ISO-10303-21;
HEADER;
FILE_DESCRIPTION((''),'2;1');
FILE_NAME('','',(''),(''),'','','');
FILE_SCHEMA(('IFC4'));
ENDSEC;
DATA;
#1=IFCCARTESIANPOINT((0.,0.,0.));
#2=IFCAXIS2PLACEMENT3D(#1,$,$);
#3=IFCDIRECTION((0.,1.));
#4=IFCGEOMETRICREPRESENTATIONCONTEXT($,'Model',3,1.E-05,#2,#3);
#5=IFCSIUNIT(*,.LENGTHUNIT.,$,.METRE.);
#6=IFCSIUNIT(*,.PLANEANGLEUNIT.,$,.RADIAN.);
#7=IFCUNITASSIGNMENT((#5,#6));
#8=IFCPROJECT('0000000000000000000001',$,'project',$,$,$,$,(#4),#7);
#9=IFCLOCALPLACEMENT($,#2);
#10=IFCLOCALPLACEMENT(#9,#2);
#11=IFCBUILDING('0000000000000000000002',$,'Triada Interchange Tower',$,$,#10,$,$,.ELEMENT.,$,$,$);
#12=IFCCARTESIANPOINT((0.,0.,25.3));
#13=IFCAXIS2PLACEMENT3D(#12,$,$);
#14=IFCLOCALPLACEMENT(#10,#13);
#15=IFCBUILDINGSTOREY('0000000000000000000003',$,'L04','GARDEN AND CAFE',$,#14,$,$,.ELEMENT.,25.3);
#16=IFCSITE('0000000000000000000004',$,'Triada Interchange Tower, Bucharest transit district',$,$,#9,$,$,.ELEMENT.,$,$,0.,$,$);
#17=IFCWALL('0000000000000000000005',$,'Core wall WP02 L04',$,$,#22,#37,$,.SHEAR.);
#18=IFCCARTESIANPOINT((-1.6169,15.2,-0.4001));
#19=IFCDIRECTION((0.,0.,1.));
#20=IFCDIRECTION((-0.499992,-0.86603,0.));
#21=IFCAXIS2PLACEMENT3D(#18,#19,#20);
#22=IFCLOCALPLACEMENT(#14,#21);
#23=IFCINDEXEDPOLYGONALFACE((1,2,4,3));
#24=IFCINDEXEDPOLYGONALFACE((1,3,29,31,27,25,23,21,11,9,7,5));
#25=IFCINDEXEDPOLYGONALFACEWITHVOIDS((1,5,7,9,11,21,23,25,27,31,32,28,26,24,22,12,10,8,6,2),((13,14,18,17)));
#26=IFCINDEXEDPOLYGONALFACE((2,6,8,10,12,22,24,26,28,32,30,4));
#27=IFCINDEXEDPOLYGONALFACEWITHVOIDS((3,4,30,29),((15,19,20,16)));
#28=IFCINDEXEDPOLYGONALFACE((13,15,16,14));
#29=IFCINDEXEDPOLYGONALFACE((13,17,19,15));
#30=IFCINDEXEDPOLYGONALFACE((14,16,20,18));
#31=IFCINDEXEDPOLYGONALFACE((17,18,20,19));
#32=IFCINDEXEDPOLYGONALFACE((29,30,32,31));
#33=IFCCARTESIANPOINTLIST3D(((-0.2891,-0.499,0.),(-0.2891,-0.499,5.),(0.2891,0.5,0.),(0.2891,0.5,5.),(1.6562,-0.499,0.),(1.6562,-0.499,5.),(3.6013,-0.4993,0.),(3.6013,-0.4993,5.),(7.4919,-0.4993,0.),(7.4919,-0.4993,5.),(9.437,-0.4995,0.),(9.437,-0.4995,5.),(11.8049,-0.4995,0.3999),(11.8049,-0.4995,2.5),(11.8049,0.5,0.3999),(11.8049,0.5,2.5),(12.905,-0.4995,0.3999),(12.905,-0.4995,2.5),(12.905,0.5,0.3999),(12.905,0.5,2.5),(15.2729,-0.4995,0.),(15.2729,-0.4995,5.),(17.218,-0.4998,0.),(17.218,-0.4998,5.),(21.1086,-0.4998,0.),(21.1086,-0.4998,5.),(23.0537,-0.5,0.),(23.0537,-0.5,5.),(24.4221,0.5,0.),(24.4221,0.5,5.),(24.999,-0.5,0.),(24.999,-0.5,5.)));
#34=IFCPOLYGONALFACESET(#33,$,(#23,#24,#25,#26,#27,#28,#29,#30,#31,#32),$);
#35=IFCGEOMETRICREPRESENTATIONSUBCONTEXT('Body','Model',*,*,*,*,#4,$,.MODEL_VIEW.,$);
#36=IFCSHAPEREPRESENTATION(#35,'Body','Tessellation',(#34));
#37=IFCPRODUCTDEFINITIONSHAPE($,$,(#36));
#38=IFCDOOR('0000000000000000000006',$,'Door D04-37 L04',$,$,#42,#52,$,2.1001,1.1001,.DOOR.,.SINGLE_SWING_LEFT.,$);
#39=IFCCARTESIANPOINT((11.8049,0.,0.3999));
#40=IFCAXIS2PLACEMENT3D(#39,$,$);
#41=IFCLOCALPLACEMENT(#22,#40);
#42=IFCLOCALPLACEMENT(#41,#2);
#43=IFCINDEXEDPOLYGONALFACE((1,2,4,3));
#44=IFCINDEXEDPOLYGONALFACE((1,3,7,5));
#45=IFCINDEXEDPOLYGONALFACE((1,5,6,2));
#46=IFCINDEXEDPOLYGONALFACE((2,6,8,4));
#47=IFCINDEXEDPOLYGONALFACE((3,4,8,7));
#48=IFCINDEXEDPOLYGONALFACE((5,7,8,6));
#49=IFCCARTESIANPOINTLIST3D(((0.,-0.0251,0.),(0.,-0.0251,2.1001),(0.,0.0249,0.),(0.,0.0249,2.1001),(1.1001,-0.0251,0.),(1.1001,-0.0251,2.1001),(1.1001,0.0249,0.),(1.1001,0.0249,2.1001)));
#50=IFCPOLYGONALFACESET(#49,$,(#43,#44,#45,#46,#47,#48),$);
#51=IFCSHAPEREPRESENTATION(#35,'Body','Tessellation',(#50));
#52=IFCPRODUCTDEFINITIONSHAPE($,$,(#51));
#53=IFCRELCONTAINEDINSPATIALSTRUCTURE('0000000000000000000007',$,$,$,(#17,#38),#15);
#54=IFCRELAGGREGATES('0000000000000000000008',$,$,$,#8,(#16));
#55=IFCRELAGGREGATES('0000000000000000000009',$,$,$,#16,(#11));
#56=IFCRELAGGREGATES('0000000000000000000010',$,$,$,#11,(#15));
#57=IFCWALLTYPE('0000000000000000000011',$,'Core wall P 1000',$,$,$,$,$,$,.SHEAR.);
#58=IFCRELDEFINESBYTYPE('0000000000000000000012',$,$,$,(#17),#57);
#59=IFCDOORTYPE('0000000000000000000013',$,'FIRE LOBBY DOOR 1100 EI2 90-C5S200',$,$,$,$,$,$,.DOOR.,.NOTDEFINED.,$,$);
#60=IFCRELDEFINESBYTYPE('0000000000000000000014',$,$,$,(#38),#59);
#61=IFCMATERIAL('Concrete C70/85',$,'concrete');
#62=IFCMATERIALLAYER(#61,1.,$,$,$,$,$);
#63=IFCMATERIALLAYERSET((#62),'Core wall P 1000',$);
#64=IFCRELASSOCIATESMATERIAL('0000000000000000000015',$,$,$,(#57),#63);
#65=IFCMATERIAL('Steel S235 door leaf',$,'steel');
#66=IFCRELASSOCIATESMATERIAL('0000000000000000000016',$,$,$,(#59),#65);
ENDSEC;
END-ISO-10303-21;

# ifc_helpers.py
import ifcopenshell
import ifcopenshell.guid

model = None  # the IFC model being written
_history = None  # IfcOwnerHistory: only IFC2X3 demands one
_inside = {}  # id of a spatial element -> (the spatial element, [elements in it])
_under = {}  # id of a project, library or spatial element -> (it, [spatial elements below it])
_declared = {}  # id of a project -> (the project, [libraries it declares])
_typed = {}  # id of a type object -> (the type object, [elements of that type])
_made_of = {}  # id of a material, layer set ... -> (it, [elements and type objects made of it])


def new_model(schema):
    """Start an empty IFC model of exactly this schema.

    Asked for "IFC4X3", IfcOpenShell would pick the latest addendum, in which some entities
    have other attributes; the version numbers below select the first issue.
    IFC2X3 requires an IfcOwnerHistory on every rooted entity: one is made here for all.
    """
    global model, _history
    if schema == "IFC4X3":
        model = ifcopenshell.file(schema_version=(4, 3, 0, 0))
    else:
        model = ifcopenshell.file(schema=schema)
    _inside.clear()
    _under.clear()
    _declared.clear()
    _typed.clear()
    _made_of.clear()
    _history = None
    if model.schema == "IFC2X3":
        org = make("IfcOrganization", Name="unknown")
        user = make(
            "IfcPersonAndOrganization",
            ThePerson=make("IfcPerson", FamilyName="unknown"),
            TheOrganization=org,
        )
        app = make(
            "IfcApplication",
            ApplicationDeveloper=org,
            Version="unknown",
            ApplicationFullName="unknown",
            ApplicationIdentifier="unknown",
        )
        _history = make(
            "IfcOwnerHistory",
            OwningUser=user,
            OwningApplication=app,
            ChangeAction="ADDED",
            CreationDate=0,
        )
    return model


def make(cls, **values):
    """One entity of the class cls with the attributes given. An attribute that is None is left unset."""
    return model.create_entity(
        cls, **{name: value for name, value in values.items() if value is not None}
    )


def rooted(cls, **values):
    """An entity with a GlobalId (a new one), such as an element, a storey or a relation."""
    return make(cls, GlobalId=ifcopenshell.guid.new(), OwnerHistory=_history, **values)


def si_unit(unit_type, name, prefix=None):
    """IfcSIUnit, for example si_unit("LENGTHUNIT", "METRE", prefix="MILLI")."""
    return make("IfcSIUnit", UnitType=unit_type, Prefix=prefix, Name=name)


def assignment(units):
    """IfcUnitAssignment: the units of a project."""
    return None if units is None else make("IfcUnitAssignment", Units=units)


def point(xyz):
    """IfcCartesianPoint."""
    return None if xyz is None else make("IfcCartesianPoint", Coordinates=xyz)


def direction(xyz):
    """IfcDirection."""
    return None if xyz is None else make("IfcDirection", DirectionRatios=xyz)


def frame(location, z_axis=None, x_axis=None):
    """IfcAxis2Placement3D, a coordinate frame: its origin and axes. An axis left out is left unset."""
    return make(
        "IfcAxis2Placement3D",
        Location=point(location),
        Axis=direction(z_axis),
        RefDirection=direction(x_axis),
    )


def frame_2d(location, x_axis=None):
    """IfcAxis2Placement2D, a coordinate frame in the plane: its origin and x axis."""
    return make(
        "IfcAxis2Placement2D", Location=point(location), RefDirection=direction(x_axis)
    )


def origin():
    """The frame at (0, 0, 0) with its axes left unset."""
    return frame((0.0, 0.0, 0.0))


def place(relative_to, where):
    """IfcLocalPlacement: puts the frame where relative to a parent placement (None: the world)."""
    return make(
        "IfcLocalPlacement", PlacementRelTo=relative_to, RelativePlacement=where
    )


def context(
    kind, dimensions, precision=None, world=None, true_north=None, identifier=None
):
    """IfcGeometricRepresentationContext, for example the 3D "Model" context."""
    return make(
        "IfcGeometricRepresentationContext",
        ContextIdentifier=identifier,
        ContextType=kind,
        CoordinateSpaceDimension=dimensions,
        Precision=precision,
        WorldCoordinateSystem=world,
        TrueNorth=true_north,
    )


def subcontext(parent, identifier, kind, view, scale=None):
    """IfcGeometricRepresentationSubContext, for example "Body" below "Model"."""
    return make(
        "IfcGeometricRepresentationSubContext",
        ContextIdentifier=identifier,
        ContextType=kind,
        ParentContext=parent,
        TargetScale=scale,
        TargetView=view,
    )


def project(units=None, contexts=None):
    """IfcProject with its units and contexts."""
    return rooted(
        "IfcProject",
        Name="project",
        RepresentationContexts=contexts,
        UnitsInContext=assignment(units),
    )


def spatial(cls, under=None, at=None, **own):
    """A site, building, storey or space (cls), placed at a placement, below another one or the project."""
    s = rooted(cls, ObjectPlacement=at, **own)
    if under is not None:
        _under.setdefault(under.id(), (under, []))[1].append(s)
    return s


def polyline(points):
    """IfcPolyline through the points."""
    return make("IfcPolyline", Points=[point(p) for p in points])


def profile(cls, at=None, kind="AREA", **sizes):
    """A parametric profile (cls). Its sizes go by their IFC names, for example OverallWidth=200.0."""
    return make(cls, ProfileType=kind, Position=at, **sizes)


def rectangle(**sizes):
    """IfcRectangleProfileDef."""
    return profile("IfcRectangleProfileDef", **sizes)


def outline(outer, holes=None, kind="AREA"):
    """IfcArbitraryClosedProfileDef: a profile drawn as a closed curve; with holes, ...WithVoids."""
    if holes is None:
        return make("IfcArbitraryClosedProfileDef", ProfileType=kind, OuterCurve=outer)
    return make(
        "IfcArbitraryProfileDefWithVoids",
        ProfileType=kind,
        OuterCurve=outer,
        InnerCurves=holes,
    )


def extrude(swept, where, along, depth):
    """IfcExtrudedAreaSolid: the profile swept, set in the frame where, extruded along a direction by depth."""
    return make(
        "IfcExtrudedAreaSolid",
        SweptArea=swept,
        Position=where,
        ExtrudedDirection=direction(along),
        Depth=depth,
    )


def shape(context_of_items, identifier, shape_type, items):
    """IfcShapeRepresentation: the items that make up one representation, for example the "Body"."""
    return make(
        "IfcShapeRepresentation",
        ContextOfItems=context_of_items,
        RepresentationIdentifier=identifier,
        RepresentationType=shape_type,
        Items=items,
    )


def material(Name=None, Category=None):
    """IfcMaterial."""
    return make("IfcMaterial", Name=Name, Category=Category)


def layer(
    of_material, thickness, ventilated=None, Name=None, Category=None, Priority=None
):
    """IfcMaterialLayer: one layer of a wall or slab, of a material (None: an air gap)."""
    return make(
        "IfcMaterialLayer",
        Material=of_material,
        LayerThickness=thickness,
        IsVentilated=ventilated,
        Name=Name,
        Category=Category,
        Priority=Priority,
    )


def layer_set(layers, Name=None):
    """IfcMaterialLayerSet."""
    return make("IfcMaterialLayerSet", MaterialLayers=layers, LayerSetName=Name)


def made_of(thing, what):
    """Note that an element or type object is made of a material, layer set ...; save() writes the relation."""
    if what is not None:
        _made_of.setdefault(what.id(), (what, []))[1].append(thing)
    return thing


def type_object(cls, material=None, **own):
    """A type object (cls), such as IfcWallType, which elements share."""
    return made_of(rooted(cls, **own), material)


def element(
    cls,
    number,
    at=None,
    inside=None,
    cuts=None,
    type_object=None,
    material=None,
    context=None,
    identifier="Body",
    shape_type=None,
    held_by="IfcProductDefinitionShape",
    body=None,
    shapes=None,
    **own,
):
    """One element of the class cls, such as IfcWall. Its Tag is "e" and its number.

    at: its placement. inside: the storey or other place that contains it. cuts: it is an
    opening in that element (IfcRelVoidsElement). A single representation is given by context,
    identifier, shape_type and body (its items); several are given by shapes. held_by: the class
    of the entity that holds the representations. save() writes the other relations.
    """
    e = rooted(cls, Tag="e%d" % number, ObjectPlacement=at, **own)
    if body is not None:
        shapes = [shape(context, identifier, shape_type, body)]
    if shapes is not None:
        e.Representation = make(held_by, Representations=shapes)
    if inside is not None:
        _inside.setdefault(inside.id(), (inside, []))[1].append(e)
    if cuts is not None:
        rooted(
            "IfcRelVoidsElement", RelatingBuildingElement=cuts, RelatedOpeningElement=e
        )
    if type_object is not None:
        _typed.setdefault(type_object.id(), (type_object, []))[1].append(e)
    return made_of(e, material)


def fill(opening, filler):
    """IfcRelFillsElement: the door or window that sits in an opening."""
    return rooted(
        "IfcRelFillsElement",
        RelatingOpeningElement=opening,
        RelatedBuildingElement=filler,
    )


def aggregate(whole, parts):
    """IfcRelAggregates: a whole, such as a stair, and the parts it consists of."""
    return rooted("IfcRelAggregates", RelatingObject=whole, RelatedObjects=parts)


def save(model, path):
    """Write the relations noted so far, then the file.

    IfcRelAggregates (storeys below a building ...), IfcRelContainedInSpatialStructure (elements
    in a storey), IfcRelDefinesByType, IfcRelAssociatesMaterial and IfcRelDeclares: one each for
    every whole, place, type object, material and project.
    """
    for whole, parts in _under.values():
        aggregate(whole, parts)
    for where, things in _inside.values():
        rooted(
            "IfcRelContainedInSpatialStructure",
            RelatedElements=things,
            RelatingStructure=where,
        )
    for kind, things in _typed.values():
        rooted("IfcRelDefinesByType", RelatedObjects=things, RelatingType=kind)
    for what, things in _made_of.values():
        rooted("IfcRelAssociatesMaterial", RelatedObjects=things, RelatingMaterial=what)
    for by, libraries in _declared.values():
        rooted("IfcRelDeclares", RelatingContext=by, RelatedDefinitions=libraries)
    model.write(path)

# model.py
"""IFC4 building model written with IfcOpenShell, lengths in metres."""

from ifc_helpers import new_model, si_unit, direction, frame, frame_2d, origin, place, context, subcontext, project, spatial, polyline, rectangle, outline, extrude, material, layer, layer_set, type_object, element, fill, save


model = new_model("IFC4")

# Units and contexts
model_context = context("Model", 3, precision=1e-05, world=origin(), true_north=direction((0.0, 1.0)))
body_context = subcontext(model_context, "Body", "Model", "MODEL_VIEW")
ifc_project = project(units=[si_unit("LENGTHUNIT", "METRE"), si_unit("PLANEANGLEUNIT", "RADIAN")], contexts=[model_context])

# Site, building, storey
site_placement = place(None, origin())
site = spatial("IfcSite", under=ifc_project, at=site_placement, Name="Triada Interchange Tower, Bucharest transit district", CompositionType="ELEMENT", RefElevation=0.0)
building_placement = place(site_placement, origin())
building = spatial("IfcBuilding", under=site, at=building_placement, Name="Triada Interchange Tower", CompositionType="ELEMENT")
storey_placement = place(building_placement, frame((0.0, 0.0, 25.3)))
storey = spatial("IfcBuildingStorey", under=building, at=storey_placement, Name="L04", Description="GARDEN AND CAFE", CompositionType="ELEMENT", Elevation=25.3)

# Wall, opening, door
ifc_material_1 = material(Name="Concrete C70/85", Category="concrete")
ifc_layer_1 = layer(ifc_material_1, 1.0)
ifc_layer_set_1 = layer_set([ifc_layer_1], Name="Core wall P 1000")
wall_type_1 = type_object("IfcWallType", Name="Core wall P 1000", PredefinedType="SHEAR", material=ifc_layer_set_1)
wall_1_placement = place(storey_placement, frame((-1.6169, 15.2, -0.4001), z_axis=(0.0, 0.0, 1.0), x_axis=(-0.499992, -0.86603, 0.0)))
wall_1 = element("IfcWall", 1, at=wall_1_placement, inside=storey, type_object=wall_type_1, Name="Core wall WP02 L04", PredefinedType="SHEAR", context=body_context, shape_type="SweptSolid", body=[
    extrude(outline(polyline([(-0.2891, -0.499), (1.6562, -0.499), (3.6013, -0.4993), (5.5466, -0.4993), (7.4919, -0.4993), (9.437, -0.4995), (11.3823, -0.4995), (13.3276, -0.4995), (15.2729, -0.4995), (17.218, -0.4998), (19.1633, -0.4998), (21.1086, -0.4998), (23.0537, -0.5), (24.999, -0.5), (24.4221, 0.5), (22.5657, 0.5), (20.7092, 0.5), (18.853, 0.5), (16.9966, 0.5), (15.1401, 0.5), (13.2837, 0.5), (11.4275, 0.5), (9.571, 0.5), (7.7146, 0.5), (5.8582, 0.5), (4.002, 0.5), (2.1455, 0.5), (0.2891, 0.5), (-0.2891, -0.499)])), origin(), (0.0, 0.0, 1.0), 5.0),
])
opening_1_placement = place(wall_1_placement, frame((11.8049, 0.0, 0.3999)))
opening_1 = element("IfcOpeningElement", 2, at=opening_1_placement, cuts=wall_1, PredefinedType="OPENING", context=body_context, shape_type="SweptSolid", body=[
    extrude(rectangle(XDim=1.1001, YDim=2.1001, at=frame_2d((0.55, 1.05))), frame((0.0, 0.51, 0.0), z_axis=(0.0, -1.0, 0.0), x_axis=(1.0, 0.0, 0.0)), (0.0, 0.0, 1.0), 1.02),
])
ifc_material_2 = material(Name="Steel S235 door leaf", Category="steel")
door_type_1 = type_object("IfcDoorType", Name="FIRE LOBBY DOOR 1100 EI2 90-C5S200", OperationType="NOTDEFINED", PredefinedType="DOOR", material=ifc_material_2)
door_1_placement = place(opening_1_placement, origin())
door_1 = element("IfcDoor", 3, at=door_1_placement, inside=storey, type_object=door_type_1, Name="Door D04-37 L04", OperationType="SINGLE_SWING_LEFT", OverallHeight=2.1001, OverallWidth=1.1001, PredefinedType="DOOR", context=body_context, shape_type="SweptSolid", body=[
    extrude(rectangle(XDim=1.1001, YDim=2.1001, at=frame_2d((0.55, 1.05))), frame((0.0, 0.0249, 0.0), z_axis=(0.0, -1.0, 0.0), x_axis=(1.0, 0.0, 0.0)), (0.0, 0.0, 1.0), 0.05),
])
fill(opening_1, door_1)

save(model, "model.ifc")
